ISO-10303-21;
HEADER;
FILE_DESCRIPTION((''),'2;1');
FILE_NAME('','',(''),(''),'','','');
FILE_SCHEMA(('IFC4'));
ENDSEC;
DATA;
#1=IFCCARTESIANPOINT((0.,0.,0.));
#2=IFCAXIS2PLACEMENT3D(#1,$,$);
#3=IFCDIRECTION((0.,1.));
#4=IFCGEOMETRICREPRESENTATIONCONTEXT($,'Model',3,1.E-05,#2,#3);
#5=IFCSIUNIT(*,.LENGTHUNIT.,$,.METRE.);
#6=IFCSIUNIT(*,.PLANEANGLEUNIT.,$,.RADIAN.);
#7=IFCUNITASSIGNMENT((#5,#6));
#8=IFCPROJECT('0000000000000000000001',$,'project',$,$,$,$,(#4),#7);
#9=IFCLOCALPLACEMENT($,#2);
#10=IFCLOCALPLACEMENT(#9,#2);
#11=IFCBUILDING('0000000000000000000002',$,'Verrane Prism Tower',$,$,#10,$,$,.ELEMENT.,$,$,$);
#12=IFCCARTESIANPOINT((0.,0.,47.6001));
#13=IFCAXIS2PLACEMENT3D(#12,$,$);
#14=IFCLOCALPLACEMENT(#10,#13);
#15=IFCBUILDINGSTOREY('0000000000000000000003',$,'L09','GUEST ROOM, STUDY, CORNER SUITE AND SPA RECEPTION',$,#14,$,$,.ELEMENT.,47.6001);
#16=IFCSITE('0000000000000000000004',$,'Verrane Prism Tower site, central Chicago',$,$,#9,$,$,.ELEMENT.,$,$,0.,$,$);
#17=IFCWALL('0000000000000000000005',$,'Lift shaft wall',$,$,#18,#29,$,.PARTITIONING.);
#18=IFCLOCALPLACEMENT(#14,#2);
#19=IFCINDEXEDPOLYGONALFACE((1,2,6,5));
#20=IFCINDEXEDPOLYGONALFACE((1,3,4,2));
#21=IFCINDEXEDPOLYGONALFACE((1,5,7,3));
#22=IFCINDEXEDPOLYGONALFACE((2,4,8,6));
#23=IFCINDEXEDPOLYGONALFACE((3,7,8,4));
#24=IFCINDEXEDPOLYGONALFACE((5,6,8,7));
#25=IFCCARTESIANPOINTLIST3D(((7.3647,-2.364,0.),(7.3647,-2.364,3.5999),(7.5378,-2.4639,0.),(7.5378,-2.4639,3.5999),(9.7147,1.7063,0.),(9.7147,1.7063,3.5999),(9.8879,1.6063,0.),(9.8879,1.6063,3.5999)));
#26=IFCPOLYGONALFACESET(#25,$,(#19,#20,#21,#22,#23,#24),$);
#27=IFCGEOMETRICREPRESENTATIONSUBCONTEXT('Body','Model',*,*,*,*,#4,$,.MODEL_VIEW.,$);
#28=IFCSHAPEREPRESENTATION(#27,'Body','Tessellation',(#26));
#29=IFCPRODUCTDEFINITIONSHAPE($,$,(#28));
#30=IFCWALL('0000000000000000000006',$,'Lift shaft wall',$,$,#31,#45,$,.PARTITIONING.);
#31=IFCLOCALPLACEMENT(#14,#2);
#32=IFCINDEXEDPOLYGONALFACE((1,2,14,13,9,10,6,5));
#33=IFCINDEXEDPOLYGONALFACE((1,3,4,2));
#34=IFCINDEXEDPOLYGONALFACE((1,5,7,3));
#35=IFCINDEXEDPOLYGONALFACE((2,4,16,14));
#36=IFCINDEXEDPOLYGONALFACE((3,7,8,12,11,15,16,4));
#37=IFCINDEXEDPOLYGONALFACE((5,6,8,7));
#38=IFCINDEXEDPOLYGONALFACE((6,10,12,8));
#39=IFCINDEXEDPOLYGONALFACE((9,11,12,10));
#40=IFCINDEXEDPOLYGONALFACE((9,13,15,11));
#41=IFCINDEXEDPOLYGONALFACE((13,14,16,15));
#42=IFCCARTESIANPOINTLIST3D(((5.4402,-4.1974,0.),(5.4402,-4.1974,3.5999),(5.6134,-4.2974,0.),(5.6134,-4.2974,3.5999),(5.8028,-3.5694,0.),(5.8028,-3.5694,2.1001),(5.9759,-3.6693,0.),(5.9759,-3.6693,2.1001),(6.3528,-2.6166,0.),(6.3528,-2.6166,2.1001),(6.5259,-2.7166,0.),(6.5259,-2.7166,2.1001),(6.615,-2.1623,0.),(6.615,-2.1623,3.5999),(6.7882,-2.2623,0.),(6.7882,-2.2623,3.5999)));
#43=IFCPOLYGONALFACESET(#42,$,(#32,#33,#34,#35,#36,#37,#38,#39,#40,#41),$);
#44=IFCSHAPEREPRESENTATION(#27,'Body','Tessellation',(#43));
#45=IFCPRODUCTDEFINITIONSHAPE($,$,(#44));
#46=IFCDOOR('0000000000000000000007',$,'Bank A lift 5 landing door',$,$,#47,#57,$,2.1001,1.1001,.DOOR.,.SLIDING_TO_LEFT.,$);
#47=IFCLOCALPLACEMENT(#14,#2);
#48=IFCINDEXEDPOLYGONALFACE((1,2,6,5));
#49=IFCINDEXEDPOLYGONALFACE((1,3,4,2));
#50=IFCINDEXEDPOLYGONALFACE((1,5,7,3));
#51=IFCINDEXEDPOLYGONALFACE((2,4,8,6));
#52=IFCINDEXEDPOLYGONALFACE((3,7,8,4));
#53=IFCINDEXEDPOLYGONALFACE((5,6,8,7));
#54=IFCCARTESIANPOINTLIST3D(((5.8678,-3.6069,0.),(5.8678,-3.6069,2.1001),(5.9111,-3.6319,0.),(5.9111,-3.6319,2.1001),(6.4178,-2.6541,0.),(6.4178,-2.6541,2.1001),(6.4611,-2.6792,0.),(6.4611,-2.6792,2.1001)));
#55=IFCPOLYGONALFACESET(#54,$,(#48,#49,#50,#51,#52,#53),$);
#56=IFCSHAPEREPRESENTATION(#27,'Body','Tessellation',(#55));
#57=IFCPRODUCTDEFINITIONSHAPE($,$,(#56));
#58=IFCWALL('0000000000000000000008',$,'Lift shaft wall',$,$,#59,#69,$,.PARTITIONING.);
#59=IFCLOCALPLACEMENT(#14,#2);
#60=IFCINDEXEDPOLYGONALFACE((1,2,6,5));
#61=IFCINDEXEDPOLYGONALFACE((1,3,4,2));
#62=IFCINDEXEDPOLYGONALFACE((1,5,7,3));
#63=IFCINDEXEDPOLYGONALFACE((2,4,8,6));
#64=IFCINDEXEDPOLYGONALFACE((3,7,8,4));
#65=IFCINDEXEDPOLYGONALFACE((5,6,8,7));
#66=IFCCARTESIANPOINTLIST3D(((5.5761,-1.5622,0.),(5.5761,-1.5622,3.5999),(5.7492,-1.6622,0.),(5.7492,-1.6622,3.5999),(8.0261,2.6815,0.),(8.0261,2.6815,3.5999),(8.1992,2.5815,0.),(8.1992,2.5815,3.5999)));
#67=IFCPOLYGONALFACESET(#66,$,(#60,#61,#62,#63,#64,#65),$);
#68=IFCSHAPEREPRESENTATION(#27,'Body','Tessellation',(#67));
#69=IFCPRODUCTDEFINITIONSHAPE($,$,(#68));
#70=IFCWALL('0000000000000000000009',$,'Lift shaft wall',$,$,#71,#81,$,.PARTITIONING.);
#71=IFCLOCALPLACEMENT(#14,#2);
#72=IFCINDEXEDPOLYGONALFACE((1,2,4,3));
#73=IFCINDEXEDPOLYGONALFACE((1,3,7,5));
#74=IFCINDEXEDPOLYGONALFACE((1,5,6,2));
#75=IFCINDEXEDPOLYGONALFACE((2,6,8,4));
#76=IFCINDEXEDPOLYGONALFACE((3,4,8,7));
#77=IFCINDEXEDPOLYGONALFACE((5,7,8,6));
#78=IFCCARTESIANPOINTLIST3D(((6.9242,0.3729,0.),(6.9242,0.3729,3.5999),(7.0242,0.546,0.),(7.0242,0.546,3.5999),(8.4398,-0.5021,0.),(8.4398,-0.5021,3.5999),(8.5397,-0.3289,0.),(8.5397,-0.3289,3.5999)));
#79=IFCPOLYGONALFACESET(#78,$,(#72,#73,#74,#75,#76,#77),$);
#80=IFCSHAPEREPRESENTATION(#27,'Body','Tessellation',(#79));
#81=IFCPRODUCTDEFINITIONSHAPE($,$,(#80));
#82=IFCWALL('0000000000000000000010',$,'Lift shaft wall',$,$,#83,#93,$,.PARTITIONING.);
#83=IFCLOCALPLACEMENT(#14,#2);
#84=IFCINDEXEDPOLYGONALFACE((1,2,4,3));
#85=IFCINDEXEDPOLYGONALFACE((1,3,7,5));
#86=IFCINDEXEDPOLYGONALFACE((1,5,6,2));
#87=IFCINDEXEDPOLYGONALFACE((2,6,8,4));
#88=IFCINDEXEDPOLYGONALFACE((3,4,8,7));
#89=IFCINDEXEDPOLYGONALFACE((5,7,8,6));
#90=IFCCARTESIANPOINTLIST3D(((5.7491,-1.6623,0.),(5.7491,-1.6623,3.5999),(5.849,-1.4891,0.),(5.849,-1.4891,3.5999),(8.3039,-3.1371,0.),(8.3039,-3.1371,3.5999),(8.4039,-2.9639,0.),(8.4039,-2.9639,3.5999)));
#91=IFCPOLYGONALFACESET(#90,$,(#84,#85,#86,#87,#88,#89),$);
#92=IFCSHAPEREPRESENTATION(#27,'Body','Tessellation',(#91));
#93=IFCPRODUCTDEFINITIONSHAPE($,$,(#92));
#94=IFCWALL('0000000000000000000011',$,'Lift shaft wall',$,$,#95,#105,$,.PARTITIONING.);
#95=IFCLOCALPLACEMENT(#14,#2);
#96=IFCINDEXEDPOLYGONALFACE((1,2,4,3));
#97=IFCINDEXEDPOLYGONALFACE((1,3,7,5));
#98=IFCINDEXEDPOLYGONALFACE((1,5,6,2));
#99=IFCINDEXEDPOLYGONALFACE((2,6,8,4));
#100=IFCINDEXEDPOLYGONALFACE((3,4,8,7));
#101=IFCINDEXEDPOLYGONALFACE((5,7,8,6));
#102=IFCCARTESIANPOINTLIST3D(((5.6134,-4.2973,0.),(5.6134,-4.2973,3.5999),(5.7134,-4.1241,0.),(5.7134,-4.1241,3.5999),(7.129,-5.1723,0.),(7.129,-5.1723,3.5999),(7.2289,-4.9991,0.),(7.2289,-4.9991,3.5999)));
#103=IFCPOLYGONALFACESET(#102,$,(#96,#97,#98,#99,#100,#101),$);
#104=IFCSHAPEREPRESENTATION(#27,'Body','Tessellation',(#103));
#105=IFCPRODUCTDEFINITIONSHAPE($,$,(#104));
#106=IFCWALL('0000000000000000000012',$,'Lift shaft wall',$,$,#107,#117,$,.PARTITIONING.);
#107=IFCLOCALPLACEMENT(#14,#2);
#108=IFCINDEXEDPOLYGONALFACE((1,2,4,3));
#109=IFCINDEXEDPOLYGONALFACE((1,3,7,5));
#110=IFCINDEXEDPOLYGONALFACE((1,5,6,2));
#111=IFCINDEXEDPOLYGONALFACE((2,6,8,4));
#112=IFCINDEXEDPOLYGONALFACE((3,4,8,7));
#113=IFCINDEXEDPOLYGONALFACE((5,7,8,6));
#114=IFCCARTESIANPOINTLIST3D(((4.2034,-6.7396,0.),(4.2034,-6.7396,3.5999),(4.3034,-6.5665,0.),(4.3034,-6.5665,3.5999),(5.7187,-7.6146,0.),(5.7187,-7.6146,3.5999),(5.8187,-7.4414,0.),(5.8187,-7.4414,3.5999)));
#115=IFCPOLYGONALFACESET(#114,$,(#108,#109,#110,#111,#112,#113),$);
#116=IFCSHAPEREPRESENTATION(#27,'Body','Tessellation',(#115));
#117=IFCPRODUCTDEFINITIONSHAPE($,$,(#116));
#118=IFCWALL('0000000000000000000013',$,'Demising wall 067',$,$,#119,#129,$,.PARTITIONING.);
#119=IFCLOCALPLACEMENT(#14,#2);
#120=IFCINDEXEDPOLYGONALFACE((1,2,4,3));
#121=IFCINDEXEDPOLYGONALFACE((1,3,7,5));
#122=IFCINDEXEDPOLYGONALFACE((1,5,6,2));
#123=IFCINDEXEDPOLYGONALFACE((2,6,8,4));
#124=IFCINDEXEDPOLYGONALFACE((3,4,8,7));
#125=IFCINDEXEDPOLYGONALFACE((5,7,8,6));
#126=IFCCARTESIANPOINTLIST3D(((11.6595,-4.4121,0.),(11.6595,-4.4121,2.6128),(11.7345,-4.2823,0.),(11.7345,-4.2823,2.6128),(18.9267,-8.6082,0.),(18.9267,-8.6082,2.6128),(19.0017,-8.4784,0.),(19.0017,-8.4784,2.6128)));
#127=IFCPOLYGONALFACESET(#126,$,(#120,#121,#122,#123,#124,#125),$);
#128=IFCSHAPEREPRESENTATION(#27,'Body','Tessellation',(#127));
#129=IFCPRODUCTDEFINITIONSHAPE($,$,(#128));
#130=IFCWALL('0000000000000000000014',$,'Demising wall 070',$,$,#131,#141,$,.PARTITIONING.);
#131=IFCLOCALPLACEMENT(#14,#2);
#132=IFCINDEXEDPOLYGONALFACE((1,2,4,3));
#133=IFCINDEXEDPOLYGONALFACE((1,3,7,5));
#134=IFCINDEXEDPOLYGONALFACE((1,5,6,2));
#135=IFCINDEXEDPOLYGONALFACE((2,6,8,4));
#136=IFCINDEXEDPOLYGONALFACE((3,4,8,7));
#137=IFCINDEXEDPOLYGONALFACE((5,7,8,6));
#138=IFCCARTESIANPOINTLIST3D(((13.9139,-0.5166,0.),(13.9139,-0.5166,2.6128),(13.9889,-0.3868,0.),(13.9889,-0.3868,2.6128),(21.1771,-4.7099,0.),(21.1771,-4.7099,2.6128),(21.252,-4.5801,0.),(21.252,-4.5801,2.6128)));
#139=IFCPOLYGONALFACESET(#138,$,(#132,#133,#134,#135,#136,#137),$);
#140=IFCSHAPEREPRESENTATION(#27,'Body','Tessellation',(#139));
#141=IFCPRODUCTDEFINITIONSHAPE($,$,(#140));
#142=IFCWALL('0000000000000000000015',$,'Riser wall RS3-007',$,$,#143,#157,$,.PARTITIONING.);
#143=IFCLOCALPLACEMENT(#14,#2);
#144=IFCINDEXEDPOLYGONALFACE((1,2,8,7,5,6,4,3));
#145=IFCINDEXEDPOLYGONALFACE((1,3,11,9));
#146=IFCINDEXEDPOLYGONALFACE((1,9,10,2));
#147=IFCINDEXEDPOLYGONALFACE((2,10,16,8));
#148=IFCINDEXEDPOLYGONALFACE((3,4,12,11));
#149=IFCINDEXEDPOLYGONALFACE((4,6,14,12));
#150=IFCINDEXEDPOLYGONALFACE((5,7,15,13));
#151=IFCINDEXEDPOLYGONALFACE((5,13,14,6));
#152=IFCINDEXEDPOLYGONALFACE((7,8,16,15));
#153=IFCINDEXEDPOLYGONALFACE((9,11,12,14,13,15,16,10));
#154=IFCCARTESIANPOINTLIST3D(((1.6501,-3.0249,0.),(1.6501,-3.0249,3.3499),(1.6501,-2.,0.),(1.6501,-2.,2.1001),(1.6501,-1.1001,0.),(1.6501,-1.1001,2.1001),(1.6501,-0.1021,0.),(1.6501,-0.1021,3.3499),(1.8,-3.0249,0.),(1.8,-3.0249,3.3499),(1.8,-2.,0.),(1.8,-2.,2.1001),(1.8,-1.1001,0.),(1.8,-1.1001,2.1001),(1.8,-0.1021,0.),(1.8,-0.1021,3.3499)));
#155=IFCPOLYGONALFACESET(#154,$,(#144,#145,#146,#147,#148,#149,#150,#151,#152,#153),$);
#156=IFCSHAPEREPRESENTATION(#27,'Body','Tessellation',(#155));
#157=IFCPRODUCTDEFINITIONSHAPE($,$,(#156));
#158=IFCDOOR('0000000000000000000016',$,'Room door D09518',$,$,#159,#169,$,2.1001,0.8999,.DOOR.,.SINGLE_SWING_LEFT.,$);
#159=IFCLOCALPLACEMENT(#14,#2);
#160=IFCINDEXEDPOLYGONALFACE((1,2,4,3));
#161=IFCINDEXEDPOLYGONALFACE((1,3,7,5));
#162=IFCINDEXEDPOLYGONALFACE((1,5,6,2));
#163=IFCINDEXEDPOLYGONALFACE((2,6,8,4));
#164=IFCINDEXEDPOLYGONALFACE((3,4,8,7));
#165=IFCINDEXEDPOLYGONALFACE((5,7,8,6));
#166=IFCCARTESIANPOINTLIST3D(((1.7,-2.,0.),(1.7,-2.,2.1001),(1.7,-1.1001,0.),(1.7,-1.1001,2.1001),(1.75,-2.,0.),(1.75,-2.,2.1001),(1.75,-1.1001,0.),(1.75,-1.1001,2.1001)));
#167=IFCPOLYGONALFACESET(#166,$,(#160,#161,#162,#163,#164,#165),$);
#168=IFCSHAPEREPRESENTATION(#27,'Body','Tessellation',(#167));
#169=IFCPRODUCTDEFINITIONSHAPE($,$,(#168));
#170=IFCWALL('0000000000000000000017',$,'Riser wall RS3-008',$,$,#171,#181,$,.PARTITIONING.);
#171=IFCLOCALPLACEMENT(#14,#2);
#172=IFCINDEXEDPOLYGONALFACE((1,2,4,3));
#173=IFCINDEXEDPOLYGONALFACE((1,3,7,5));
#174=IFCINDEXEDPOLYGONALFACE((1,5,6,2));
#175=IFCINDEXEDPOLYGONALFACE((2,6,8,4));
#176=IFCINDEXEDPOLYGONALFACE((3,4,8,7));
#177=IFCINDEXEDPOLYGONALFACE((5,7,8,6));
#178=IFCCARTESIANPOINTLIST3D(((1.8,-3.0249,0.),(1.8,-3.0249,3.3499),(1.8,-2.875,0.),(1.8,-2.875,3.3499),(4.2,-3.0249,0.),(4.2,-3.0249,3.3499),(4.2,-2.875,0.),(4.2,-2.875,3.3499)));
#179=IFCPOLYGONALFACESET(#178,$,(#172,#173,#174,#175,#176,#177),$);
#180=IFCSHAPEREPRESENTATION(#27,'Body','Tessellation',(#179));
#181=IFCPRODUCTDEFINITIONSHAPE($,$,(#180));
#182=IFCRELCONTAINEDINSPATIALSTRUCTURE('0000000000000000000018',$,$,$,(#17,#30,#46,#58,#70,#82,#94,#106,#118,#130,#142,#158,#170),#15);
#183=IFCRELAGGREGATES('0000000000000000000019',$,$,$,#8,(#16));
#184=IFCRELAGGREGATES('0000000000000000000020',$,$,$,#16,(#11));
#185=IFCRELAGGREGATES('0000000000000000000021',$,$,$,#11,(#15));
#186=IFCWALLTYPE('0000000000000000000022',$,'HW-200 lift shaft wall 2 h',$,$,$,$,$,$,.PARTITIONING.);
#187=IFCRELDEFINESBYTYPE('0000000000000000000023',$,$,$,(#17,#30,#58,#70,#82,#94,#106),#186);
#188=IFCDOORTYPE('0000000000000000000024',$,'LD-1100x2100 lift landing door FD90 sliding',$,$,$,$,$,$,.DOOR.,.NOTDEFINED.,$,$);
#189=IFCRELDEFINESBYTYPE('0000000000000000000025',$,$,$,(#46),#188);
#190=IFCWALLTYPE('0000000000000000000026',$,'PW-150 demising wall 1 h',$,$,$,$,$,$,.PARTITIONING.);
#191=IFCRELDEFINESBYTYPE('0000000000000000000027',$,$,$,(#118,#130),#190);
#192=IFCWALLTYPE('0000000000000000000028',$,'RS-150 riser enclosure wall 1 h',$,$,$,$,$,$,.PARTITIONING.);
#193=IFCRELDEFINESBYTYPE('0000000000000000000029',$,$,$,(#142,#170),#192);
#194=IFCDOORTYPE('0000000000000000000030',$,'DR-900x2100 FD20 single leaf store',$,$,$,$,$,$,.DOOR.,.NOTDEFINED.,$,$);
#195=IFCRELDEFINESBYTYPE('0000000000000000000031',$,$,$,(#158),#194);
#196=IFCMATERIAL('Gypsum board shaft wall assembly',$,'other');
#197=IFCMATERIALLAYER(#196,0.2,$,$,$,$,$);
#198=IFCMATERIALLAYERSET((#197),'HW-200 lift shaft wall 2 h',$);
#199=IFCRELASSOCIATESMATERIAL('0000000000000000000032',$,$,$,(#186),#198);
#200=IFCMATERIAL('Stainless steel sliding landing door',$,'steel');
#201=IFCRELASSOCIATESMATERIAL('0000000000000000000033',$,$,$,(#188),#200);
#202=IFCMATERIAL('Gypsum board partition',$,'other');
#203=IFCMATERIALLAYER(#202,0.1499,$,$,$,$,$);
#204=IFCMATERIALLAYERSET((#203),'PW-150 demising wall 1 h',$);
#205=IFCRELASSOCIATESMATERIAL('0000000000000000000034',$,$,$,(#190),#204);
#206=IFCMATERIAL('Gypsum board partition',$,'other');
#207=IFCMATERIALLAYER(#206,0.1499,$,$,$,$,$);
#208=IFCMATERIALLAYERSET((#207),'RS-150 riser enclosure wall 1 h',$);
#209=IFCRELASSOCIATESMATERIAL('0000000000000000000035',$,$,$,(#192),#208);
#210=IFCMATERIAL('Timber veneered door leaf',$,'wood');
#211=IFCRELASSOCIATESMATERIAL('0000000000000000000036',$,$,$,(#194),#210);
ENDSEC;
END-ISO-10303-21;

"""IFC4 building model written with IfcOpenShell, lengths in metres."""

from ifc_helpers import new_model, si_unit, direction, frame, frame_2d, origin, place, context, subcontext, project, spatial, rectangle, extrude, material, layer, layer_set, type_object, element, fill, save


model = new_model("IFC4")

# Units and contexts
model_context = context("Model", 3, precision=1e-05, world=origin(), true_north=direction((0.0, 1.0)))
body_context = subcontext(model_context, "Body", "Model", "MODEL_VIEW")
ifc_project = project(units=[si_unit("LENGTHUNIT", "METRE"), si_unit("PLANEANGLEUNIT", "RADIAN")], contexts=[model_context])

# Site, building, storey
site_placement = place(None, origin())
site = spatial("IfcSite", under=ifc_project, at=site_placement, Name="Verrane Prism Tower site, central Chicago", CompositionType="ELEMENT", RefElevation=0.0)
building_placement = place(site_placement, origin())
building = spatial("IfcBuilding", under=site, at=building_placement, Name="Verrane Prism Tower", CompositionType="ELEMENT")
storey_placement = place(building_placement, frame((0.0, 0.0, 47.6001)))
storey = spatial("IfcBuildingStorey", under=building, at=storey_placement, Name="L09", Description="GUEST ROOM, STUDY, CORNER SUITE AND SPA RECEPTION", CompositionType="ELEMENT", Elevation=47.6001)

# Wall
ifc_material_1 = material(Name="Gypsum board shaft wall assembly", Category="other")
ifc_layer_1 = layer(ifc_material_1, 0.2)
ifc_layer_set_1 = layer_set([ifc_layer_1], Name="HW-200 lift shaft wall 2 h")
wall_type_1 = type_object("IfcWallType", Name="HW-200 lift shaft wall 2 h", PredefinedType="PARTITIONING", material=ifc_layer_set_1)
wall_1_placement = place(storey_placement, frame((7.4512, -2.4141, 0.0), z_axis=(0.0, 0.0, 1.0), x_axis=(0.500016, 0.866016, 0.0)))
element("IfcWall", 1, at=wall_1_placement, inside=storey, type_object=wall_type_1, Name="Lift shaft wall", PredefinedType="PARTITIONING", context=body_context, shape_type="SweptSolid", body=[
    extrude(rectangle(XDim=4.7, YDim=0.2, at=frame_2d((2.3501, 0.0))), origin(), (0.0, 0.0, 1.0), 3.5999),
])

# Wall, opening, door
wall_2_placement = place(storey_placement, frame((5.5269, -4.2473, 0.0), z_axis=(0.0, 0.0, 1.0), x_axis=(0.499938, 0.866061, 0.0)))
wall_2 = element("IfcWall", 2, at=wall_2_placement, inside=storey, type_object=wall_type_1, Name="Lift shaft wall", PredefinedType="PARTITIONING", context=body_context, shape_type="SweptSolid", body=[
    extrude(rectangle(XDim=2.3499, YDim=0.2, at=frame_2d((1.1748, 0.0))), origin(), (0.0, 0.0, 1.0), 3.5999),
])
opening_1_placement = place(wall_2_placement, frame((0.7251, 0.0, 0.0)))
opening_1 = element("IfcOpeningElement", 3, at=opening_1_placement, cuts=wall_2, PredefinedType="OPENING", context=body_context, shape_type="SweptSolid", body=[
    extrude(rectangle(XDim=1.1001, YDim=2.1001, at=frame_2d((0.55, 1.05))), frame((0.0, 0.1099, 0.0), z_axis=(0.0, -1.0, 0.0), x_axis=(1.0, 0.0, 0.0)), (0.0, 0.0, 1.0), 0.22),
])
ifc_material_2 = material(Name="Stainless steel sliding landing door", Category="steel")
door_type_1 = type_object("IfcDoorType", Name="LD-1100x2100 lift landing door FD90 sliding", OperationType="NOTDEFINED", PredefinedType="DOOR", material=ifc_material_2)
door_1_placement = place(opening_1_placement, origin())
door_1 = element("IfcDoor", 4, at=door_1_placement, inside=storey, type_object=door_type_1, Name="Bank A lift 5 landing door", OperationType="SLIDING_TO_LEFT", OverallHeight=2.1001, OverallWidth=1.1001, PredefinedType="DOOR", context=body_context, shape_type="SweptSolid", body=[
    extrude(rectangle(XDim=1.1001, YDim=2.1001, at=frame_2d((0.55, 1.05))), frame((0.0, 0.0249, 0.0), z_axis=(0.0, -1.0, 0.0), x_axis=(1.0, 0.0, 0.0)), (0.0, 0.0, 1.0), 0.05),
])
fill(opening_1, door_1)

# Walls
wall_3_placement = place(storey_placement, frame((5.6626, -1.6123, 0.0), z_axis=(0.0, 0.0, 1.0), x_axis=(0.499981, 0.866036, 0.0)))
element("IfcWall", 5, at=wall_3_placement, inside=storey, type_object=wall_type_1, Name="Lift shaft wall", PredefinedType="PARTITIONING", context=body_context, shape_type="SweptSolid", body=[
    extrude(rectangle(XDim=4.9001, YDim=0.2, at=frame_2d((2.4502, 0.0))), origin(), (0.0, 0.0, 1.0), 3.5999),
])
wall_4_placement = place(storey_placement, frame((8.4897, -0.4155, 0.0), z_axis=(0.0, 0.0, 1.0), x_axis=(-0.866037, 0.49998, 0.0)))
element("IfcWall", 6, at=wall_4_placement, inside=storey, type_object=wall_type_1, Name="Lift shaft wall", PredefinedType="PARTITIONING", context=body_context, shape_type="SweptSolid", body=[
    extrude(rectangle(XDim=1.75, YDim=0.2, at=frame_2d((0.875, 0.0))), origin(), (0.0, 0.0, 1.0), 3.5999),
])
wall_5_placement = place(storey_placement, frame((8.354, -3.0505, 0.0), z_axis=(0.0, 0.0, 1.0), x_axis=(-0.86606, 0.49994, 0.0)))
element("IfcWall", 7, at=wall_5_placement, inside=storey, type_object=wall_type_1, Name="Lift shaft wall", PredefinedType="PARTITIONING", context=body_context, shape_type="SweptSolid", body=[
    extrude(rectangle(XDim=2.95, YDim=0.2, at=frame_2d((1.4751, 0.0))), origin(), (0.0, 0.0, 1.0), 3.5999),
])
wall_6_placement = place(storey_placement, frame((7.179, -5.0857, 0.0), z_axis=(0.0, 0.0, 1.0), x_axis=(-0.866037, 0.49998, 0.0)))
element("IfcWall", 8, at=wall_6_placement, inside=storey, type_object=wall_type_1, Name="Lift shaft wall", PredefinedType="PARTITIONING", context=body_context, shape_type="SweptSolid", body=[
    extrude(rectangle(XDim=1.75, YDim=0.2, at=frame_2d((0.875, 0.0))), origin(), (0.0, 0.0, 1.0), 3.5999),
])
wall_7_placement = place(storey_placement, frame((5.7688, -7.5281, 0.0), z_axis=(0.0, 0.0, 1.0), x_axis=(-0.866002, 0.50004, 0.0)))
element("IfcWall", 9, at=wall_7_placement, inside=storey, type_object=wall_type_1, Name="Lift shaft wall", PredefinedType="PARTITIONING", context=body_context, shape_type="SweptSolid", body=[
    extrude(rectangle(XDim=1.7498, YDim=0.2, at=frame_2d((0.875, 0.0))), origin(), (0.0, 0.0, 1.0), 3.5999),
])
ifc_material_3 = material(Name="Gypsum board partition", Category="other")
ifc_layer_2 = layer(ifc_material_3, 0.1499)
ifc_layer_set_2 = layer_set([ifc_layer_2], Name="PW-150 demising wall 1 h")
wall_type_2 = type_object("IfcWallType", Name="PW-150 demising wall 1 h", PredefinedType="PARTITIONING", material=ifc_layer_set_2)
wall_8_placement = place(storey_placement, frame((11.697, -4.3472, 0.0), z_axis=(0.0, 0.0, 1.0), x_axis=(0.866005, -0.500035, 0.0)))
element("IfcWall", 10, at=wall_8_placement, inside=storey, type_object=wall_type_2, Name="Demising wall 067", PredefinedType="PARTITIONING", context=body_context, shape_type="SweptSolid", body=[
    extrude(rectangle(XDim=8.3916, YDim=0.1499, at=frame_2d((4.1958, 0.0))), origin(), (0.0, 0.0, 1.0), 2.6128),
])
wall_9_placement = place(storey_placement, frame((13.9514, -0.4517, 0.0), z_axis=(0.0, 0.0, 1.0), x_axis=(0.866028, -0.499996, 0.0)))
element("IfcWall", 11, at=wall_9_placement, inside=storey, type_object=wall_type_2, Name="Demising wall 070", PredefinedType="PARTITIONING", context=body_context, shape_type="SweptSolid", body=[
    extrude(rectangle(XDim=8.3867, YDim=0.1499, at=frame_2d((4.1934, 0.0))), origin(), (0.0, 0.0, 1.0), 2.6128),
])

# Wall, opening, door
ifc_material_4 = material(Name="Gypsum board partition", Category="other")
ifc_layer_3 = layer(ifc_material_4, 0.1499)
ifc_layer_set_3 = layer_set([ifc_layer_3], Name="RS-150 riser enclosure wall 1 h")
wall_type_3 = type_object("IfcWallType", Name="RS-150 riser enclosure wall 1 h", PredefinedType="PARTITIONING", material=ifc_layer_set_3)
wall_10_placement = place(storey_placement, frame((1.7251, -0.1021, 0.0), z_axis=(0.0, 0.0, 1.0), x_axis=(0.0, -1.0, 0.0)))
wall_10 = element("IfcWall", 12, at=wall_10_placement, inside=storey, type_object=wall_type_3, Name="Riser wall RS3-007", PredefinedType="PARTITIONING", context=body_context, shape_type="SweptSolid", body=[
    extrude(rectangle(XDim=2.9229, YDim=0.1499, at=frame_2d((1.4614, 0.0))), origin(), (0.0, 0.0, 1.0), 3.3499),
])
opening_2_placement = place(wall_10_placement, frame((0.998, 0.0, 0.0)))
opening_2 = element("IfcOpeningElement", 13, at=opening_2_placement, cuts=wall_10, PredefinedType="OPENING", context=body_context, shape_type="SweptSolid", body=[
    extrude(rectangle(XDim=0.8999, YDim=2.1001, at=frame_2d((0.45, 1.05))), frame((0.0, 0.085, 0.0), z_axis=(0.0, -1.0, 0.0), x_axis=(1.0, 0.0, 0.0)), (0.0, 0.0, 1.0), 0.1699),
])
ifc_material_5 = material(Name="Timber veneered door leaf", Category="wood")
door_type_2 = type_object("IfcDoorType", Name="DR-900x2100 FD20 single leaf store", OperationType="NOTDEFINED", PredefinedType="DOOR", material=ifc_material_5)
door_2_placement = place(opening_2_placement, origin())
door_2 = element("IfcDoor", 14, at=door_2_placement, inside=storey, type_object=door_type_2, Name="Room door D09518", OperationType="SINGLE_SWING_LEFT", OverallHeight=2.1001, OverallWidth=0.8999, PredefinedType="DOOR", context=body_context, shape_type="SweptSolid", body=[
    extrude(rectangle(XDim=0.8999, YDim=2.1001, at=frame_2d((0.45, 1.05))), frame((0.0, 0.0249, 0.0), z_axis=(0.0, -1.0, 0.0), x_axis=(1.0, 0.0, 0.0)), (0.0, 0.0, 1.0), 0.05),
])
fill(opening_2, door_2)

# Wall
wall_11_placement = place(storey_placement, frame((1.8, -2.95, 0.0), z_axis=(0.0, 0.0, 1.0), x_axis=(1.0, 0.0, 0.0)))
element("IfcWall", 15, at=wall_11_placement, inside=storey, type_object=wall_type_3, Name="Riser wall RS3-008", PredefinedType="PARTITIONING", context=body_context, shape_type="SweptSolid", body=[
    extrude(rectangle(XDim=2.3999, YDim=0.1499, at=frame_2d((1.2, 0.0))), origin(), (0.0, 0.0, 1.0), 3.3499),
])

save(model, "model.ifc")
